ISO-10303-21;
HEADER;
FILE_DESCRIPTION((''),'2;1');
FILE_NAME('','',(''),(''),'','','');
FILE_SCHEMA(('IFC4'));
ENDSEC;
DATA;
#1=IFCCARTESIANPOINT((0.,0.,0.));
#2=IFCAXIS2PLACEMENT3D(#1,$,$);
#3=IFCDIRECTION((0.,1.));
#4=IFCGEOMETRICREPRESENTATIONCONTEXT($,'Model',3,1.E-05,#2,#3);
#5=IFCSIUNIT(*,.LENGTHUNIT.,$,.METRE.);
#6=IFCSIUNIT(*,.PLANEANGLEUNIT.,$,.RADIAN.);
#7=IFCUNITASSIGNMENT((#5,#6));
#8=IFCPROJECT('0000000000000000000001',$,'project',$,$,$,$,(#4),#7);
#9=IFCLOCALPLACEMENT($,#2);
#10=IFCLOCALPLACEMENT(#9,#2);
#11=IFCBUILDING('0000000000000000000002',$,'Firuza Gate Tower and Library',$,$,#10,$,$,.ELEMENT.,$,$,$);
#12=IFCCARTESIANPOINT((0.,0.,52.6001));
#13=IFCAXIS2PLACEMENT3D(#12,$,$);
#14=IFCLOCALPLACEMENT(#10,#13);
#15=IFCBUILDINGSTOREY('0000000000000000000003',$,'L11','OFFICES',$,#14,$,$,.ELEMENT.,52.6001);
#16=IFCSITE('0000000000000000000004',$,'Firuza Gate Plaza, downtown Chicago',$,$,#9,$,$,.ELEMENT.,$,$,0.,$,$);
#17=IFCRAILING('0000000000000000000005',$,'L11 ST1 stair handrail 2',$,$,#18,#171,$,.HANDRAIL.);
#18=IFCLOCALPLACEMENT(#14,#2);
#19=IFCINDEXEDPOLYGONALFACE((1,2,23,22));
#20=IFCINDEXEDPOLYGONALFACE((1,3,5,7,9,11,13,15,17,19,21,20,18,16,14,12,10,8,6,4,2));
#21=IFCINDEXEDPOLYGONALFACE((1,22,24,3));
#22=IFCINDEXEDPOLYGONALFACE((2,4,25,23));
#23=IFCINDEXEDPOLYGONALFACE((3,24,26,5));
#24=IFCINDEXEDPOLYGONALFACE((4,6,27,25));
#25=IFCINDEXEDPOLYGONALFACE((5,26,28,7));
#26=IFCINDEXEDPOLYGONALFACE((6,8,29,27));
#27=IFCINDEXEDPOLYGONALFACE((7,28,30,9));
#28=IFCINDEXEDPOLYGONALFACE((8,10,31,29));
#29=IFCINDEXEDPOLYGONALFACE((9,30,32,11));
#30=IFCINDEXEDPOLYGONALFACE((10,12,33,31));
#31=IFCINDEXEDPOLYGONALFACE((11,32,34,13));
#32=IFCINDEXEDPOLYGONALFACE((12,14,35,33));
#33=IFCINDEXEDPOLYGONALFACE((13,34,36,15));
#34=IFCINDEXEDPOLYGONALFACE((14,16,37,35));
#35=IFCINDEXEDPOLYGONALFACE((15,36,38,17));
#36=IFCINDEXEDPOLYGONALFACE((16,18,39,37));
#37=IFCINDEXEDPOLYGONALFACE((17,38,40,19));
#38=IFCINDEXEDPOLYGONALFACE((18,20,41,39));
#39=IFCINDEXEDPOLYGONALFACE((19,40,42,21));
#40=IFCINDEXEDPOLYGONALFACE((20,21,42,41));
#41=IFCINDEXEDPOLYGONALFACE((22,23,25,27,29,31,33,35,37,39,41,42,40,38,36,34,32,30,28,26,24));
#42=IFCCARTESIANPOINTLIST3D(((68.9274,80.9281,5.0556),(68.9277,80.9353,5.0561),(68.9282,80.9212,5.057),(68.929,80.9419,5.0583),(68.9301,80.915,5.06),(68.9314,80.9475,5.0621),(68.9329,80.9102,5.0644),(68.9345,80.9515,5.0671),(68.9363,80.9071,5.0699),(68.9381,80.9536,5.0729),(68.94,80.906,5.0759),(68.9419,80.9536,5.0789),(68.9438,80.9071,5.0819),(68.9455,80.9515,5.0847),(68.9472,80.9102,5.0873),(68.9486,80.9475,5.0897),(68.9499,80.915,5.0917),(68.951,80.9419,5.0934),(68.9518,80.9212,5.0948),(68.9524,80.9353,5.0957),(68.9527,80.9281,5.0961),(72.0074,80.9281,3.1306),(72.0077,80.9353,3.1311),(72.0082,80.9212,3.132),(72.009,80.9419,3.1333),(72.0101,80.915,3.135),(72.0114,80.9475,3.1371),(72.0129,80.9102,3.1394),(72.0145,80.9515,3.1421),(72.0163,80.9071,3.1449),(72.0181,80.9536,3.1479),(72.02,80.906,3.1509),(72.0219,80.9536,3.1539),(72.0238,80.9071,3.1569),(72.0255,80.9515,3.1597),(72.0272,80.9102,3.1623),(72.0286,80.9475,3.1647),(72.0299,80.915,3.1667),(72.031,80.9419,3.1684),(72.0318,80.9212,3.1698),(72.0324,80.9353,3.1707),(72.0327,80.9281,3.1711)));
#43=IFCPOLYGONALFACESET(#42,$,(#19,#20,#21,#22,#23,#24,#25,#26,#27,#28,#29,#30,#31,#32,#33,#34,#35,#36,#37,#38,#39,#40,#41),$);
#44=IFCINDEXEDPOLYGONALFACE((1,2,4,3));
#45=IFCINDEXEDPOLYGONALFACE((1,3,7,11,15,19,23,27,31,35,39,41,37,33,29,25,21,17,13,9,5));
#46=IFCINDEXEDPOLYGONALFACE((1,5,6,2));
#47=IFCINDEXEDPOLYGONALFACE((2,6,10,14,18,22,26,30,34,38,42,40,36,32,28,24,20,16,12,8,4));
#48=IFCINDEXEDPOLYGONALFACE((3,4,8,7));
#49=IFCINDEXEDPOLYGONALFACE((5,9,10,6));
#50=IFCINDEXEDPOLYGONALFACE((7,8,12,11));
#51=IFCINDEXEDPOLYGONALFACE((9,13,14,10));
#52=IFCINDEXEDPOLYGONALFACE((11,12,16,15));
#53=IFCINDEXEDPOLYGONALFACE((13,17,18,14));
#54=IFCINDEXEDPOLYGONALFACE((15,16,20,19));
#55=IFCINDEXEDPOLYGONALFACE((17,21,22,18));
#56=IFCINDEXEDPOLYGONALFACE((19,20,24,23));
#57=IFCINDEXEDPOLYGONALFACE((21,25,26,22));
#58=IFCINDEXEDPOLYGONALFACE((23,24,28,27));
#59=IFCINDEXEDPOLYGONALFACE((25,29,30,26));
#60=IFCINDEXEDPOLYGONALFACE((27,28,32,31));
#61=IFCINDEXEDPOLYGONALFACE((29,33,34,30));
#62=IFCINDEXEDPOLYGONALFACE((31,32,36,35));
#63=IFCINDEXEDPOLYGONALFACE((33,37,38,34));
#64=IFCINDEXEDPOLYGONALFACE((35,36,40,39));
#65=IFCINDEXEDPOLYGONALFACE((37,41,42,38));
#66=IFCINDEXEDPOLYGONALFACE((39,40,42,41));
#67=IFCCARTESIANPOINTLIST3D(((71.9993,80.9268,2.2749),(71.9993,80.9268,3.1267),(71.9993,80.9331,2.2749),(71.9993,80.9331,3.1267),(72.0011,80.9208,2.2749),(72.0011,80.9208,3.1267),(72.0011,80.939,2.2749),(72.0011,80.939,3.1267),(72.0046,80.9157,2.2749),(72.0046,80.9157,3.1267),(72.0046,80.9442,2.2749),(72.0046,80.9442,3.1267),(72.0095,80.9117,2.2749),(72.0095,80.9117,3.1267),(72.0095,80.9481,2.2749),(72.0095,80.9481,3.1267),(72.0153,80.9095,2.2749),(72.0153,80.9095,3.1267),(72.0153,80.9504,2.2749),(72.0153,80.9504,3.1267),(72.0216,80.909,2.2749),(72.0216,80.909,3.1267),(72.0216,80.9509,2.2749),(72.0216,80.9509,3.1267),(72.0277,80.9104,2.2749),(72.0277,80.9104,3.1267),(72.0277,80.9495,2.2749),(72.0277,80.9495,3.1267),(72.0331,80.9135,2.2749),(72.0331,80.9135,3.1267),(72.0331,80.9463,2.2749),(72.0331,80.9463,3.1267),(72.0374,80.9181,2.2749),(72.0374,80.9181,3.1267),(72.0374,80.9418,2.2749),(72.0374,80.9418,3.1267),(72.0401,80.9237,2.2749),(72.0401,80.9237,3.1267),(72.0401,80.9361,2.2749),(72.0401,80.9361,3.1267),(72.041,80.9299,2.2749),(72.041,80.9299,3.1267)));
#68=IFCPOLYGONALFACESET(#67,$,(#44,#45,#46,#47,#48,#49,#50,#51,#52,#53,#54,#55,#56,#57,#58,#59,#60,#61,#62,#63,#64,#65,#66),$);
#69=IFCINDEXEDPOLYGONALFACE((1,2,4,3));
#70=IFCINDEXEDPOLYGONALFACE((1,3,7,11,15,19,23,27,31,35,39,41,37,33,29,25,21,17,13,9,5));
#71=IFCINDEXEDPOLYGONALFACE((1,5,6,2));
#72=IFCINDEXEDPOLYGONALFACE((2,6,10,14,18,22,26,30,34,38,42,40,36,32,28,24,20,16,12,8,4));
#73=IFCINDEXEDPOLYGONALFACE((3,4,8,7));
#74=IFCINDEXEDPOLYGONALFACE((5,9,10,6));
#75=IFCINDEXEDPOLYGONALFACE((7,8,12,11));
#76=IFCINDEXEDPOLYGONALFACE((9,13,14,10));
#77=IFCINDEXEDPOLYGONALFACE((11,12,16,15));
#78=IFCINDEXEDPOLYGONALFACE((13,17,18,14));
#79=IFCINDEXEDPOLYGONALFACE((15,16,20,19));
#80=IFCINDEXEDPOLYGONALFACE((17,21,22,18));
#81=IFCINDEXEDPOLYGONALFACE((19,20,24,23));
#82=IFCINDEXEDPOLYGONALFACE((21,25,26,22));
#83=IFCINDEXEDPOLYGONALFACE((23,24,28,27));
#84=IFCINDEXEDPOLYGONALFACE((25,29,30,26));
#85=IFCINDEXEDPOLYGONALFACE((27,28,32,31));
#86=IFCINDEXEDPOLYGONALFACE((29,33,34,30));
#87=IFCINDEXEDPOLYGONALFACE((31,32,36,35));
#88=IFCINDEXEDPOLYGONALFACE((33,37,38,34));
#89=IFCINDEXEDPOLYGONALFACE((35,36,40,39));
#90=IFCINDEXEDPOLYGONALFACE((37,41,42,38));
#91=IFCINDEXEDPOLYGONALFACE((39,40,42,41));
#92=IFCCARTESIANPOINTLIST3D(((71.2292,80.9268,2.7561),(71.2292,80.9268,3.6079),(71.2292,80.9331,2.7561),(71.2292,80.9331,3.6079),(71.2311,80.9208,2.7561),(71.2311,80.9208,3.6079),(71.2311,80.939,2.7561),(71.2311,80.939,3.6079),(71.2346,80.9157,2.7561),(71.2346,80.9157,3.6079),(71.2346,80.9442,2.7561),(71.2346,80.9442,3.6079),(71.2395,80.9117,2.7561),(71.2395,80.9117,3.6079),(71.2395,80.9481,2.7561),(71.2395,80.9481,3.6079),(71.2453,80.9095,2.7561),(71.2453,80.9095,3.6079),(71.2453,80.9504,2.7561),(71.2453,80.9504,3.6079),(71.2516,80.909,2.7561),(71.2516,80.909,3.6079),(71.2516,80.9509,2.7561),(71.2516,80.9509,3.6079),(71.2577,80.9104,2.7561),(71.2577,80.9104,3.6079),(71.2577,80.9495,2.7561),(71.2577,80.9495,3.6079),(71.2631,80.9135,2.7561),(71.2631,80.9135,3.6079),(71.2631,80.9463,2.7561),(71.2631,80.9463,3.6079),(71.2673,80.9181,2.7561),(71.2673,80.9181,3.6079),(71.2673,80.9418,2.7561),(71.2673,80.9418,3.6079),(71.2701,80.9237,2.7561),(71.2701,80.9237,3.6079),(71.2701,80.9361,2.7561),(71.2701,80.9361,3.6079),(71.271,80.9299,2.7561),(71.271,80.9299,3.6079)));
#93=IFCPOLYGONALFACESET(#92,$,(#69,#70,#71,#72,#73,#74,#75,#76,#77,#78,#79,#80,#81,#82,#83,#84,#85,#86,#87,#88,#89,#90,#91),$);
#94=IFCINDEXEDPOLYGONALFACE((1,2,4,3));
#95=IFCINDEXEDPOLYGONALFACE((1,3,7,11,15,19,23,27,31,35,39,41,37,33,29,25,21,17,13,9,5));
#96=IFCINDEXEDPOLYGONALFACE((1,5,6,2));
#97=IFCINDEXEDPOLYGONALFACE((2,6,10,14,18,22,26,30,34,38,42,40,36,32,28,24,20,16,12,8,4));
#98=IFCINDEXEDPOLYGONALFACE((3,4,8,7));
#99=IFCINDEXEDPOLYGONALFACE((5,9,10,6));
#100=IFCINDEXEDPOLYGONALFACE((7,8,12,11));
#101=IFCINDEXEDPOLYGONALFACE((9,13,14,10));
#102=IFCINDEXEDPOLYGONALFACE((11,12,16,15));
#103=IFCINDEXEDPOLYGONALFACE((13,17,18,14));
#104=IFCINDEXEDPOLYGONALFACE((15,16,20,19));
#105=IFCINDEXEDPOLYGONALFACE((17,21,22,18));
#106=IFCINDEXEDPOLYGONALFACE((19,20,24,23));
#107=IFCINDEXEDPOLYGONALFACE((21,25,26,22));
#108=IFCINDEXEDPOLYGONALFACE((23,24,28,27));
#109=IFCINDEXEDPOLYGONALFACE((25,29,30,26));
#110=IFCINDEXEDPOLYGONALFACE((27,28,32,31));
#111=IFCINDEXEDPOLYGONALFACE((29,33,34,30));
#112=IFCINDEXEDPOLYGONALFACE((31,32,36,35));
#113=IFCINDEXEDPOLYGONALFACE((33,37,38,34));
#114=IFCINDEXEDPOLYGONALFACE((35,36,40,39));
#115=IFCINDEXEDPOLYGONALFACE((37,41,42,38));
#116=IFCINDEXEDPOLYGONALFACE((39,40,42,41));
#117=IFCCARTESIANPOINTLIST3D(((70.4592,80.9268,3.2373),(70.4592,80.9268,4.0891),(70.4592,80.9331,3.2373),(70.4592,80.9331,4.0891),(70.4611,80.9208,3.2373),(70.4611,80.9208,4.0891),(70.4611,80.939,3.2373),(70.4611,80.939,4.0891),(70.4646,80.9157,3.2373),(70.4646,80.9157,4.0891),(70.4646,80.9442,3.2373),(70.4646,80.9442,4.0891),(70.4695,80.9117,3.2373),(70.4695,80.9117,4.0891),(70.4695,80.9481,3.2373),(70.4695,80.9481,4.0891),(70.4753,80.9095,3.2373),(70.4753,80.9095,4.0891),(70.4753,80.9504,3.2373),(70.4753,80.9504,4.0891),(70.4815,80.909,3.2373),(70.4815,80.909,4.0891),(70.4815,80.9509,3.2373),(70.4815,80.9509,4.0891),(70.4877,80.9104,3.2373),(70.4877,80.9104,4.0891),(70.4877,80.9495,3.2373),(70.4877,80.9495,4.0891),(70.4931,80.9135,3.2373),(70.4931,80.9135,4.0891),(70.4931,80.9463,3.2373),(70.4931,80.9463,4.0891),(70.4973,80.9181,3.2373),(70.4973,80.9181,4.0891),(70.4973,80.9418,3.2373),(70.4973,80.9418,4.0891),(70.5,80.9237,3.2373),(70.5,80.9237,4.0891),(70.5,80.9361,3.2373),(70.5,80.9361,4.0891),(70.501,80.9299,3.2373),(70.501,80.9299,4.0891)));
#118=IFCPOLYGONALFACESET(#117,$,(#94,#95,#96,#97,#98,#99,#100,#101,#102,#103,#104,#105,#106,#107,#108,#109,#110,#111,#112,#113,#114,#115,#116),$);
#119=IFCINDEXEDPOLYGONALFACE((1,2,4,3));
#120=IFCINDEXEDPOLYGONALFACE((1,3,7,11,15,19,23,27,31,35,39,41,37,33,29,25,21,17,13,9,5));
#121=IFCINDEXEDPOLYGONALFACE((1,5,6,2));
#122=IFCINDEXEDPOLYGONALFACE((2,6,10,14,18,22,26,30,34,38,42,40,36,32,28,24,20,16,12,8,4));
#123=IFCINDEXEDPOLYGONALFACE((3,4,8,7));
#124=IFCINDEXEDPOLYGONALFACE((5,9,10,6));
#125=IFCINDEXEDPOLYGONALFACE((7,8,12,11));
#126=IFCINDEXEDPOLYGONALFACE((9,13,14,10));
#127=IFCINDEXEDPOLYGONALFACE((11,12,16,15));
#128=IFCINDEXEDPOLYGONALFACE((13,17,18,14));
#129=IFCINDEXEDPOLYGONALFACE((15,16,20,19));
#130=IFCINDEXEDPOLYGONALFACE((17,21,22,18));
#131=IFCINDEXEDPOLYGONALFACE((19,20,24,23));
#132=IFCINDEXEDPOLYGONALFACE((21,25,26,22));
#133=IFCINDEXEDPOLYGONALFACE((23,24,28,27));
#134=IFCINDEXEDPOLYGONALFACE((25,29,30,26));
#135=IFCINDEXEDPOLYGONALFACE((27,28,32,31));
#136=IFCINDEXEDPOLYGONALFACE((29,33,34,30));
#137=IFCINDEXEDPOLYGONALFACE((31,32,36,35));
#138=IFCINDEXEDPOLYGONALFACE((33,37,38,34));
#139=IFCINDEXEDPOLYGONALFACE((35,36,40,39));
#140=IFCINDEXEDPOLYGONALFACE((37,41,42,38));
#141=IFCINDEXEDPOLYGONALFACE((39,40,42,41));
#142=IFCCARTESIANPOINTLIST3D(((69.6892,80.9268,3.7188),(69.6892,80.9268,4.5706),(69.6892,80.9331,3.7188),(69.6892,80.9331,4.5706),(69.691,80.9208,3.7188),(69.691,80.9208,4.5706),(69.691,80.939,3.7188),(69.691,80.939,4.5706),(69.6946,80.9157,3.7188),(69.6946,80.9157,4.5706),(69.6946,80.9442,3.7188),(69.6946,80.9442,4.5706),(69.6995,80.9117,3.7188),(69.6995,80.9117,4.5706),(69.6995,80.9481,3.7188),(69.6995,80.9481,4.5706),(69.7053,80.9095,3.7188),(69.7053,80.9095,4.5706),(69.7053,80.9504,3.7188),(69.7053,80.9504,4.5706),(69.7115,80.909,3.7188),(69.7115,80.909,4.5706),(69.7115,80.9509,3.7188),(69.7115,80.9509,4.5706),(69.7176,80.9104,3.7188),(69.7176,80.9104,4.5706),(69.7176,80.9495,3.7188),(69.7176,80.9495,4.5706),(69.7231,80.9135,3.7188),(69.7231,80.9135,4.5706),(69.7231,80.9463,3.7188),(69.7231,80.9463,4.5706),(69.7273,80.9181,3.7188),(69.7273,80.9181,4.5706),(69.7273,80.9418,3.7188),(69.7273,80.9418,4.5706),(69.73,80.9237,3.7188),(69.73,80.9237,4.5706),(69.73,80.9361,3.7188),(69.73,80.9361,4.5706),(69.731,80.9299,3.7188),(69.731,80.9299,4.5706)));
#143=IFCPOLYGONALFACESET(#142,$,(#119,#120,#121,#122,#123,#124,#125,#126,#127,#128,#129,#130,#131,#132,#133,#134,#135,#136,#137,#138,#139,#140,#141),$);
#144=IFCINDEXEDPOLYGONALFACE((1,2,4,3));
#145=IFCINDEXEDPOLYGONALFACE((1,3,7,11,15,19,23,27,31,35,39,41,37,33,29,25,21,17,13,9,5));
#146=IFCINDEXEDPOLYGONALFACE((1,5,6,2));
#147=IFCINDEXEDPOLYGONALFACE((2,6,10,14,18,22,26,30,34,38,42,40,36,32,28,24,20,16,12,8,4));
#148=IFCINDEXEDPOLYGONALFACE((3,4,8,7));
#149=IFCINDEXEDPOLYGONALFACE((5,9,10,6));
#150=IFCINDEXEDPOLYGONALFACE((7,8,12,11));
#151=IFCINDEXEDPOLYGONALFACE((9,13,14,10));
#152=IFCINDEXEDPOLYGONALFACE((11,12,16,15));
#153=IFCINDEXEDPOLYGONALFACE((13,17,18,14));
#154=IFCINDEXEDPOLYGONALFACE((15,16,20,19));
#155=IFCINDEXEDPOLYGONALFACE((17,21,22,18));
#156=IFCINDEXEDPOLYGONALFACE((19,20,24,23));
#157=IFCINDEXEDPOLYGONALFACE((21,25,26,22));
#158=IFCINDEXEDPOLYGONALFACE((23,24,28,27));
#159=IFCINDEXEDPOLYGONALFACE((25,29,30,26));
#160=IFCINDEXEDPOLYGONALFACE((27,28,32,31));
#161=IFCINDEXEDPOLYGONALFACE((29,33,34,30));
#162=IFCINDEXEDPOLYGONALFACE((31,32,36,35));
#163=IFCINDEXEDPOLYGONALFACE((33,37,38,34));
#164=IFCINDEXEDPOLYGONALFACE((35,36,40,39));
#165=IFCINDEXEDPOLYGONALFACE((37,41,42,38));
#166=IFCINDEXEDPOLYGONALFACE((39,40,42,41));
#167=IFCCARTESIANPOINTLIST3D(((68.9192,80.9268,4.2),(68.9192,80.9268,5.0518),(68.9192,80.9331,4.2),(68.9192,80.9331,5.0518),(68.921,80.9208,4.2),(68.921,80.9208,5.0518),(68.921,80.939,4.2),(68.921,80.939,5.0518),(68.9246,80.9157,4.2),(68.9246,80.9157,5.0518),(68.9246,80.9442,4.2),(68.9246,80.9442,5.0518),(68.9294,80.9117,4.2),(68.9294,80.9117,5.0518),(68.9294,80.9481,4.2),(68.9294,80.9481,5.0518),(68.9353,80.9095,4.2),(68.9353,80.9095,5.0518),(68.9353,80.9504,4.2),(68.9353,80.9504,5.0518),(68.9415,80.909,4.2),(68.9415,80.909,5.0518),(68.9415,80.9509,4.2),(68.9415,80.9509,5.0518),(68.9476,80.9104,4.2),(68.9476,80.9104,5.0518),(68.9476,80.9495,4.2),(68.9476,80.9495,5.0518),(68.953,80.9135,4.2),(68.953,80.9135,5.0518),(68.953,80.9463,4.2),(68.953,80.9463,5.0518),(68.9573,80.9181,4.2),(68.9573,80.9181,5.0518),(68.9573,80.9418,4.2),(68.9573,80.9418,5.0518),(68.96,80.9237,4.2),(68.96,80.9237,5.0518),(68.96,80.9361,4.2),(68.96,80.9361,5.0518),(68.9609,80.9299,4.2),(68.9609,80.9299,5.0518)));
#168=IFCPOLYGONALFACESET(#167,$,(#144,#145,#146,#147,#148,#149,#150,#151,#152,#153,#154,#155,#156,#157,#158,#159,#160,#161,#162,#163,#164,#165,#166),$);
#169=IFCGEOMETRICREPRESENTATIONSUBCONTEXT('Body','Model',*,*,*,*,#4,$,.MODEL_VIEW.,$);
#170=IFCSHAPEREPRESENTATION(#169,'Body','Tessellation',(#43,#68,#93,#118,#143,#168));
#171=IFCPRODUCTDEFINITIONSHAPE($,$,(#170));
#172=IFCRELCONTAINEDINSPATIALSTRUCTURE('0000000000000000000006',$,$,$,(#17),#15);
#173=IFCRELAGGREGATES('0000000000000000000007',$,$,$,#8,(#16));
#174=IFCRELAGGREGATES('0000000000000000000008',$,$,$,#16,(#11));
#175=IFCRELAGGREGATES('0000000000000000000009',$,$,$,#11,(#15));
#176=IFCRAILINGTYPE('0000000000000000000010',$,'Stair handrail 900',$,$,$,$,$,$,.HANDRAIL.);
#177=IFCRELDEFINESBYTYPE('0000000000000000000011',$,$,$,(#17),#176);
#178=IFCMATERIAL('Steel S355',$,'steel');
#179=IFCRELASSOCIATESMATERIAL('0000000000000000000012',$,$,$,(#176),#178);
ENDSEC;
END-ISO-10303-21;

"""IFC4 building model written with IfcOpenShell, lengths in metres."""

from ifc_helpers import new_model, si_unit, direction, frame, origin, origin_2d, place, context, subcontext, project, spatial, circle, extrude, material, type_object, element, save


model = new_model("IFC4")

# Units and contexts
model_context = context("Model", 3, precision=1e-05, world=origin(), true_north=direction((0.0, 1.0)))
body_context = subcontext(model_context, "Body", "Model", "MODEL_VIEW")
ifc_project = project(units=[si_unit("LENGTHUNIT", "METRE"), si_unit("PLANEANGLEUNIT", "RADIAN")], contexts=[model_context])

# Site, building, storey
site_placement = place(None, origin())
site = spatial("IfcSite", under=ifc_project, at=site_placement, Name="Firuza Gate Plaza, downtown Chicago", CompositionType="ELEMENT", RefElevation=0.0)
building_placement = place(site_placement, origin())
building = spatial("IfcBuilding", under=site, at=building_placement, Name="Firuza Gate Tower and Library", CompositionType="ELEMENT")
storey_placement = place(building_placement, frame((0.0, 0.0, 52.6001)))
storey = spatial("IfcBuildingStorey", under=building, at=storey_placement, Name="L11", Description="OFFICES", CompositionType="ELEMENT", Elevation=52.6001)

# Railing
ifc_material_1 = material(Name="Steel S355", Category="steel")
railing_type_1 = type_object("IfcRailingType", Name="Stair handrail 900", PredefinedType="HANDRAIL", material=ifc_material_1)
railing_1_placement = place(storey_placement, frame((72.02, 80.9299, 2.2749)))
element("IfcRailing", 1, at=railing_1_placement, inside=storey, type_object=railing_type_1, Name="L11 ST1 stair handrail 2", PredefinedType="HANDRAIL", context=body_context, shape_type="SweptSolid", body=[
    extrude(circle(Radius=0.0239, at=origin_2d()), frame((0.0, 0.0, 0.876), z_axis=(-0.847998, 0.0, 0.529999), x_axis=(0.0, -1.0, 0.0)), (0.0, 0.0, 1.0), 3.6321),
    extrude(circle(Radius=0.021, at=origin_2d()), origin(), (0.0, 0.0, 1.0), 0.8518),
    extrude(circle(Radius=0.021, at=origin_2d()), frame((-0.77, 0.0, 0.4812)), (0.0, 0.0, 1.0), 0.8518),
    extrude(circle(Radius=0.021, at=origin_2d()), frame((-1.54, 0.0, 0.9624)), (0.0, 0.0, 1.0), 0.8518),
    extrude(circle(Radius=0.021, at=origin_2d()), frame((-2.3101, 0.0, 1.4438)), (0.0, 0.0, 1.0), 0.8518),
    extrude(circle(Radius=0.021, at=origin_2d()), frame((-3.0801, 0.0, 1.925)), (0.0, 0.0, 1.0), 0.8518),
])

save(model, "model.ifc")
